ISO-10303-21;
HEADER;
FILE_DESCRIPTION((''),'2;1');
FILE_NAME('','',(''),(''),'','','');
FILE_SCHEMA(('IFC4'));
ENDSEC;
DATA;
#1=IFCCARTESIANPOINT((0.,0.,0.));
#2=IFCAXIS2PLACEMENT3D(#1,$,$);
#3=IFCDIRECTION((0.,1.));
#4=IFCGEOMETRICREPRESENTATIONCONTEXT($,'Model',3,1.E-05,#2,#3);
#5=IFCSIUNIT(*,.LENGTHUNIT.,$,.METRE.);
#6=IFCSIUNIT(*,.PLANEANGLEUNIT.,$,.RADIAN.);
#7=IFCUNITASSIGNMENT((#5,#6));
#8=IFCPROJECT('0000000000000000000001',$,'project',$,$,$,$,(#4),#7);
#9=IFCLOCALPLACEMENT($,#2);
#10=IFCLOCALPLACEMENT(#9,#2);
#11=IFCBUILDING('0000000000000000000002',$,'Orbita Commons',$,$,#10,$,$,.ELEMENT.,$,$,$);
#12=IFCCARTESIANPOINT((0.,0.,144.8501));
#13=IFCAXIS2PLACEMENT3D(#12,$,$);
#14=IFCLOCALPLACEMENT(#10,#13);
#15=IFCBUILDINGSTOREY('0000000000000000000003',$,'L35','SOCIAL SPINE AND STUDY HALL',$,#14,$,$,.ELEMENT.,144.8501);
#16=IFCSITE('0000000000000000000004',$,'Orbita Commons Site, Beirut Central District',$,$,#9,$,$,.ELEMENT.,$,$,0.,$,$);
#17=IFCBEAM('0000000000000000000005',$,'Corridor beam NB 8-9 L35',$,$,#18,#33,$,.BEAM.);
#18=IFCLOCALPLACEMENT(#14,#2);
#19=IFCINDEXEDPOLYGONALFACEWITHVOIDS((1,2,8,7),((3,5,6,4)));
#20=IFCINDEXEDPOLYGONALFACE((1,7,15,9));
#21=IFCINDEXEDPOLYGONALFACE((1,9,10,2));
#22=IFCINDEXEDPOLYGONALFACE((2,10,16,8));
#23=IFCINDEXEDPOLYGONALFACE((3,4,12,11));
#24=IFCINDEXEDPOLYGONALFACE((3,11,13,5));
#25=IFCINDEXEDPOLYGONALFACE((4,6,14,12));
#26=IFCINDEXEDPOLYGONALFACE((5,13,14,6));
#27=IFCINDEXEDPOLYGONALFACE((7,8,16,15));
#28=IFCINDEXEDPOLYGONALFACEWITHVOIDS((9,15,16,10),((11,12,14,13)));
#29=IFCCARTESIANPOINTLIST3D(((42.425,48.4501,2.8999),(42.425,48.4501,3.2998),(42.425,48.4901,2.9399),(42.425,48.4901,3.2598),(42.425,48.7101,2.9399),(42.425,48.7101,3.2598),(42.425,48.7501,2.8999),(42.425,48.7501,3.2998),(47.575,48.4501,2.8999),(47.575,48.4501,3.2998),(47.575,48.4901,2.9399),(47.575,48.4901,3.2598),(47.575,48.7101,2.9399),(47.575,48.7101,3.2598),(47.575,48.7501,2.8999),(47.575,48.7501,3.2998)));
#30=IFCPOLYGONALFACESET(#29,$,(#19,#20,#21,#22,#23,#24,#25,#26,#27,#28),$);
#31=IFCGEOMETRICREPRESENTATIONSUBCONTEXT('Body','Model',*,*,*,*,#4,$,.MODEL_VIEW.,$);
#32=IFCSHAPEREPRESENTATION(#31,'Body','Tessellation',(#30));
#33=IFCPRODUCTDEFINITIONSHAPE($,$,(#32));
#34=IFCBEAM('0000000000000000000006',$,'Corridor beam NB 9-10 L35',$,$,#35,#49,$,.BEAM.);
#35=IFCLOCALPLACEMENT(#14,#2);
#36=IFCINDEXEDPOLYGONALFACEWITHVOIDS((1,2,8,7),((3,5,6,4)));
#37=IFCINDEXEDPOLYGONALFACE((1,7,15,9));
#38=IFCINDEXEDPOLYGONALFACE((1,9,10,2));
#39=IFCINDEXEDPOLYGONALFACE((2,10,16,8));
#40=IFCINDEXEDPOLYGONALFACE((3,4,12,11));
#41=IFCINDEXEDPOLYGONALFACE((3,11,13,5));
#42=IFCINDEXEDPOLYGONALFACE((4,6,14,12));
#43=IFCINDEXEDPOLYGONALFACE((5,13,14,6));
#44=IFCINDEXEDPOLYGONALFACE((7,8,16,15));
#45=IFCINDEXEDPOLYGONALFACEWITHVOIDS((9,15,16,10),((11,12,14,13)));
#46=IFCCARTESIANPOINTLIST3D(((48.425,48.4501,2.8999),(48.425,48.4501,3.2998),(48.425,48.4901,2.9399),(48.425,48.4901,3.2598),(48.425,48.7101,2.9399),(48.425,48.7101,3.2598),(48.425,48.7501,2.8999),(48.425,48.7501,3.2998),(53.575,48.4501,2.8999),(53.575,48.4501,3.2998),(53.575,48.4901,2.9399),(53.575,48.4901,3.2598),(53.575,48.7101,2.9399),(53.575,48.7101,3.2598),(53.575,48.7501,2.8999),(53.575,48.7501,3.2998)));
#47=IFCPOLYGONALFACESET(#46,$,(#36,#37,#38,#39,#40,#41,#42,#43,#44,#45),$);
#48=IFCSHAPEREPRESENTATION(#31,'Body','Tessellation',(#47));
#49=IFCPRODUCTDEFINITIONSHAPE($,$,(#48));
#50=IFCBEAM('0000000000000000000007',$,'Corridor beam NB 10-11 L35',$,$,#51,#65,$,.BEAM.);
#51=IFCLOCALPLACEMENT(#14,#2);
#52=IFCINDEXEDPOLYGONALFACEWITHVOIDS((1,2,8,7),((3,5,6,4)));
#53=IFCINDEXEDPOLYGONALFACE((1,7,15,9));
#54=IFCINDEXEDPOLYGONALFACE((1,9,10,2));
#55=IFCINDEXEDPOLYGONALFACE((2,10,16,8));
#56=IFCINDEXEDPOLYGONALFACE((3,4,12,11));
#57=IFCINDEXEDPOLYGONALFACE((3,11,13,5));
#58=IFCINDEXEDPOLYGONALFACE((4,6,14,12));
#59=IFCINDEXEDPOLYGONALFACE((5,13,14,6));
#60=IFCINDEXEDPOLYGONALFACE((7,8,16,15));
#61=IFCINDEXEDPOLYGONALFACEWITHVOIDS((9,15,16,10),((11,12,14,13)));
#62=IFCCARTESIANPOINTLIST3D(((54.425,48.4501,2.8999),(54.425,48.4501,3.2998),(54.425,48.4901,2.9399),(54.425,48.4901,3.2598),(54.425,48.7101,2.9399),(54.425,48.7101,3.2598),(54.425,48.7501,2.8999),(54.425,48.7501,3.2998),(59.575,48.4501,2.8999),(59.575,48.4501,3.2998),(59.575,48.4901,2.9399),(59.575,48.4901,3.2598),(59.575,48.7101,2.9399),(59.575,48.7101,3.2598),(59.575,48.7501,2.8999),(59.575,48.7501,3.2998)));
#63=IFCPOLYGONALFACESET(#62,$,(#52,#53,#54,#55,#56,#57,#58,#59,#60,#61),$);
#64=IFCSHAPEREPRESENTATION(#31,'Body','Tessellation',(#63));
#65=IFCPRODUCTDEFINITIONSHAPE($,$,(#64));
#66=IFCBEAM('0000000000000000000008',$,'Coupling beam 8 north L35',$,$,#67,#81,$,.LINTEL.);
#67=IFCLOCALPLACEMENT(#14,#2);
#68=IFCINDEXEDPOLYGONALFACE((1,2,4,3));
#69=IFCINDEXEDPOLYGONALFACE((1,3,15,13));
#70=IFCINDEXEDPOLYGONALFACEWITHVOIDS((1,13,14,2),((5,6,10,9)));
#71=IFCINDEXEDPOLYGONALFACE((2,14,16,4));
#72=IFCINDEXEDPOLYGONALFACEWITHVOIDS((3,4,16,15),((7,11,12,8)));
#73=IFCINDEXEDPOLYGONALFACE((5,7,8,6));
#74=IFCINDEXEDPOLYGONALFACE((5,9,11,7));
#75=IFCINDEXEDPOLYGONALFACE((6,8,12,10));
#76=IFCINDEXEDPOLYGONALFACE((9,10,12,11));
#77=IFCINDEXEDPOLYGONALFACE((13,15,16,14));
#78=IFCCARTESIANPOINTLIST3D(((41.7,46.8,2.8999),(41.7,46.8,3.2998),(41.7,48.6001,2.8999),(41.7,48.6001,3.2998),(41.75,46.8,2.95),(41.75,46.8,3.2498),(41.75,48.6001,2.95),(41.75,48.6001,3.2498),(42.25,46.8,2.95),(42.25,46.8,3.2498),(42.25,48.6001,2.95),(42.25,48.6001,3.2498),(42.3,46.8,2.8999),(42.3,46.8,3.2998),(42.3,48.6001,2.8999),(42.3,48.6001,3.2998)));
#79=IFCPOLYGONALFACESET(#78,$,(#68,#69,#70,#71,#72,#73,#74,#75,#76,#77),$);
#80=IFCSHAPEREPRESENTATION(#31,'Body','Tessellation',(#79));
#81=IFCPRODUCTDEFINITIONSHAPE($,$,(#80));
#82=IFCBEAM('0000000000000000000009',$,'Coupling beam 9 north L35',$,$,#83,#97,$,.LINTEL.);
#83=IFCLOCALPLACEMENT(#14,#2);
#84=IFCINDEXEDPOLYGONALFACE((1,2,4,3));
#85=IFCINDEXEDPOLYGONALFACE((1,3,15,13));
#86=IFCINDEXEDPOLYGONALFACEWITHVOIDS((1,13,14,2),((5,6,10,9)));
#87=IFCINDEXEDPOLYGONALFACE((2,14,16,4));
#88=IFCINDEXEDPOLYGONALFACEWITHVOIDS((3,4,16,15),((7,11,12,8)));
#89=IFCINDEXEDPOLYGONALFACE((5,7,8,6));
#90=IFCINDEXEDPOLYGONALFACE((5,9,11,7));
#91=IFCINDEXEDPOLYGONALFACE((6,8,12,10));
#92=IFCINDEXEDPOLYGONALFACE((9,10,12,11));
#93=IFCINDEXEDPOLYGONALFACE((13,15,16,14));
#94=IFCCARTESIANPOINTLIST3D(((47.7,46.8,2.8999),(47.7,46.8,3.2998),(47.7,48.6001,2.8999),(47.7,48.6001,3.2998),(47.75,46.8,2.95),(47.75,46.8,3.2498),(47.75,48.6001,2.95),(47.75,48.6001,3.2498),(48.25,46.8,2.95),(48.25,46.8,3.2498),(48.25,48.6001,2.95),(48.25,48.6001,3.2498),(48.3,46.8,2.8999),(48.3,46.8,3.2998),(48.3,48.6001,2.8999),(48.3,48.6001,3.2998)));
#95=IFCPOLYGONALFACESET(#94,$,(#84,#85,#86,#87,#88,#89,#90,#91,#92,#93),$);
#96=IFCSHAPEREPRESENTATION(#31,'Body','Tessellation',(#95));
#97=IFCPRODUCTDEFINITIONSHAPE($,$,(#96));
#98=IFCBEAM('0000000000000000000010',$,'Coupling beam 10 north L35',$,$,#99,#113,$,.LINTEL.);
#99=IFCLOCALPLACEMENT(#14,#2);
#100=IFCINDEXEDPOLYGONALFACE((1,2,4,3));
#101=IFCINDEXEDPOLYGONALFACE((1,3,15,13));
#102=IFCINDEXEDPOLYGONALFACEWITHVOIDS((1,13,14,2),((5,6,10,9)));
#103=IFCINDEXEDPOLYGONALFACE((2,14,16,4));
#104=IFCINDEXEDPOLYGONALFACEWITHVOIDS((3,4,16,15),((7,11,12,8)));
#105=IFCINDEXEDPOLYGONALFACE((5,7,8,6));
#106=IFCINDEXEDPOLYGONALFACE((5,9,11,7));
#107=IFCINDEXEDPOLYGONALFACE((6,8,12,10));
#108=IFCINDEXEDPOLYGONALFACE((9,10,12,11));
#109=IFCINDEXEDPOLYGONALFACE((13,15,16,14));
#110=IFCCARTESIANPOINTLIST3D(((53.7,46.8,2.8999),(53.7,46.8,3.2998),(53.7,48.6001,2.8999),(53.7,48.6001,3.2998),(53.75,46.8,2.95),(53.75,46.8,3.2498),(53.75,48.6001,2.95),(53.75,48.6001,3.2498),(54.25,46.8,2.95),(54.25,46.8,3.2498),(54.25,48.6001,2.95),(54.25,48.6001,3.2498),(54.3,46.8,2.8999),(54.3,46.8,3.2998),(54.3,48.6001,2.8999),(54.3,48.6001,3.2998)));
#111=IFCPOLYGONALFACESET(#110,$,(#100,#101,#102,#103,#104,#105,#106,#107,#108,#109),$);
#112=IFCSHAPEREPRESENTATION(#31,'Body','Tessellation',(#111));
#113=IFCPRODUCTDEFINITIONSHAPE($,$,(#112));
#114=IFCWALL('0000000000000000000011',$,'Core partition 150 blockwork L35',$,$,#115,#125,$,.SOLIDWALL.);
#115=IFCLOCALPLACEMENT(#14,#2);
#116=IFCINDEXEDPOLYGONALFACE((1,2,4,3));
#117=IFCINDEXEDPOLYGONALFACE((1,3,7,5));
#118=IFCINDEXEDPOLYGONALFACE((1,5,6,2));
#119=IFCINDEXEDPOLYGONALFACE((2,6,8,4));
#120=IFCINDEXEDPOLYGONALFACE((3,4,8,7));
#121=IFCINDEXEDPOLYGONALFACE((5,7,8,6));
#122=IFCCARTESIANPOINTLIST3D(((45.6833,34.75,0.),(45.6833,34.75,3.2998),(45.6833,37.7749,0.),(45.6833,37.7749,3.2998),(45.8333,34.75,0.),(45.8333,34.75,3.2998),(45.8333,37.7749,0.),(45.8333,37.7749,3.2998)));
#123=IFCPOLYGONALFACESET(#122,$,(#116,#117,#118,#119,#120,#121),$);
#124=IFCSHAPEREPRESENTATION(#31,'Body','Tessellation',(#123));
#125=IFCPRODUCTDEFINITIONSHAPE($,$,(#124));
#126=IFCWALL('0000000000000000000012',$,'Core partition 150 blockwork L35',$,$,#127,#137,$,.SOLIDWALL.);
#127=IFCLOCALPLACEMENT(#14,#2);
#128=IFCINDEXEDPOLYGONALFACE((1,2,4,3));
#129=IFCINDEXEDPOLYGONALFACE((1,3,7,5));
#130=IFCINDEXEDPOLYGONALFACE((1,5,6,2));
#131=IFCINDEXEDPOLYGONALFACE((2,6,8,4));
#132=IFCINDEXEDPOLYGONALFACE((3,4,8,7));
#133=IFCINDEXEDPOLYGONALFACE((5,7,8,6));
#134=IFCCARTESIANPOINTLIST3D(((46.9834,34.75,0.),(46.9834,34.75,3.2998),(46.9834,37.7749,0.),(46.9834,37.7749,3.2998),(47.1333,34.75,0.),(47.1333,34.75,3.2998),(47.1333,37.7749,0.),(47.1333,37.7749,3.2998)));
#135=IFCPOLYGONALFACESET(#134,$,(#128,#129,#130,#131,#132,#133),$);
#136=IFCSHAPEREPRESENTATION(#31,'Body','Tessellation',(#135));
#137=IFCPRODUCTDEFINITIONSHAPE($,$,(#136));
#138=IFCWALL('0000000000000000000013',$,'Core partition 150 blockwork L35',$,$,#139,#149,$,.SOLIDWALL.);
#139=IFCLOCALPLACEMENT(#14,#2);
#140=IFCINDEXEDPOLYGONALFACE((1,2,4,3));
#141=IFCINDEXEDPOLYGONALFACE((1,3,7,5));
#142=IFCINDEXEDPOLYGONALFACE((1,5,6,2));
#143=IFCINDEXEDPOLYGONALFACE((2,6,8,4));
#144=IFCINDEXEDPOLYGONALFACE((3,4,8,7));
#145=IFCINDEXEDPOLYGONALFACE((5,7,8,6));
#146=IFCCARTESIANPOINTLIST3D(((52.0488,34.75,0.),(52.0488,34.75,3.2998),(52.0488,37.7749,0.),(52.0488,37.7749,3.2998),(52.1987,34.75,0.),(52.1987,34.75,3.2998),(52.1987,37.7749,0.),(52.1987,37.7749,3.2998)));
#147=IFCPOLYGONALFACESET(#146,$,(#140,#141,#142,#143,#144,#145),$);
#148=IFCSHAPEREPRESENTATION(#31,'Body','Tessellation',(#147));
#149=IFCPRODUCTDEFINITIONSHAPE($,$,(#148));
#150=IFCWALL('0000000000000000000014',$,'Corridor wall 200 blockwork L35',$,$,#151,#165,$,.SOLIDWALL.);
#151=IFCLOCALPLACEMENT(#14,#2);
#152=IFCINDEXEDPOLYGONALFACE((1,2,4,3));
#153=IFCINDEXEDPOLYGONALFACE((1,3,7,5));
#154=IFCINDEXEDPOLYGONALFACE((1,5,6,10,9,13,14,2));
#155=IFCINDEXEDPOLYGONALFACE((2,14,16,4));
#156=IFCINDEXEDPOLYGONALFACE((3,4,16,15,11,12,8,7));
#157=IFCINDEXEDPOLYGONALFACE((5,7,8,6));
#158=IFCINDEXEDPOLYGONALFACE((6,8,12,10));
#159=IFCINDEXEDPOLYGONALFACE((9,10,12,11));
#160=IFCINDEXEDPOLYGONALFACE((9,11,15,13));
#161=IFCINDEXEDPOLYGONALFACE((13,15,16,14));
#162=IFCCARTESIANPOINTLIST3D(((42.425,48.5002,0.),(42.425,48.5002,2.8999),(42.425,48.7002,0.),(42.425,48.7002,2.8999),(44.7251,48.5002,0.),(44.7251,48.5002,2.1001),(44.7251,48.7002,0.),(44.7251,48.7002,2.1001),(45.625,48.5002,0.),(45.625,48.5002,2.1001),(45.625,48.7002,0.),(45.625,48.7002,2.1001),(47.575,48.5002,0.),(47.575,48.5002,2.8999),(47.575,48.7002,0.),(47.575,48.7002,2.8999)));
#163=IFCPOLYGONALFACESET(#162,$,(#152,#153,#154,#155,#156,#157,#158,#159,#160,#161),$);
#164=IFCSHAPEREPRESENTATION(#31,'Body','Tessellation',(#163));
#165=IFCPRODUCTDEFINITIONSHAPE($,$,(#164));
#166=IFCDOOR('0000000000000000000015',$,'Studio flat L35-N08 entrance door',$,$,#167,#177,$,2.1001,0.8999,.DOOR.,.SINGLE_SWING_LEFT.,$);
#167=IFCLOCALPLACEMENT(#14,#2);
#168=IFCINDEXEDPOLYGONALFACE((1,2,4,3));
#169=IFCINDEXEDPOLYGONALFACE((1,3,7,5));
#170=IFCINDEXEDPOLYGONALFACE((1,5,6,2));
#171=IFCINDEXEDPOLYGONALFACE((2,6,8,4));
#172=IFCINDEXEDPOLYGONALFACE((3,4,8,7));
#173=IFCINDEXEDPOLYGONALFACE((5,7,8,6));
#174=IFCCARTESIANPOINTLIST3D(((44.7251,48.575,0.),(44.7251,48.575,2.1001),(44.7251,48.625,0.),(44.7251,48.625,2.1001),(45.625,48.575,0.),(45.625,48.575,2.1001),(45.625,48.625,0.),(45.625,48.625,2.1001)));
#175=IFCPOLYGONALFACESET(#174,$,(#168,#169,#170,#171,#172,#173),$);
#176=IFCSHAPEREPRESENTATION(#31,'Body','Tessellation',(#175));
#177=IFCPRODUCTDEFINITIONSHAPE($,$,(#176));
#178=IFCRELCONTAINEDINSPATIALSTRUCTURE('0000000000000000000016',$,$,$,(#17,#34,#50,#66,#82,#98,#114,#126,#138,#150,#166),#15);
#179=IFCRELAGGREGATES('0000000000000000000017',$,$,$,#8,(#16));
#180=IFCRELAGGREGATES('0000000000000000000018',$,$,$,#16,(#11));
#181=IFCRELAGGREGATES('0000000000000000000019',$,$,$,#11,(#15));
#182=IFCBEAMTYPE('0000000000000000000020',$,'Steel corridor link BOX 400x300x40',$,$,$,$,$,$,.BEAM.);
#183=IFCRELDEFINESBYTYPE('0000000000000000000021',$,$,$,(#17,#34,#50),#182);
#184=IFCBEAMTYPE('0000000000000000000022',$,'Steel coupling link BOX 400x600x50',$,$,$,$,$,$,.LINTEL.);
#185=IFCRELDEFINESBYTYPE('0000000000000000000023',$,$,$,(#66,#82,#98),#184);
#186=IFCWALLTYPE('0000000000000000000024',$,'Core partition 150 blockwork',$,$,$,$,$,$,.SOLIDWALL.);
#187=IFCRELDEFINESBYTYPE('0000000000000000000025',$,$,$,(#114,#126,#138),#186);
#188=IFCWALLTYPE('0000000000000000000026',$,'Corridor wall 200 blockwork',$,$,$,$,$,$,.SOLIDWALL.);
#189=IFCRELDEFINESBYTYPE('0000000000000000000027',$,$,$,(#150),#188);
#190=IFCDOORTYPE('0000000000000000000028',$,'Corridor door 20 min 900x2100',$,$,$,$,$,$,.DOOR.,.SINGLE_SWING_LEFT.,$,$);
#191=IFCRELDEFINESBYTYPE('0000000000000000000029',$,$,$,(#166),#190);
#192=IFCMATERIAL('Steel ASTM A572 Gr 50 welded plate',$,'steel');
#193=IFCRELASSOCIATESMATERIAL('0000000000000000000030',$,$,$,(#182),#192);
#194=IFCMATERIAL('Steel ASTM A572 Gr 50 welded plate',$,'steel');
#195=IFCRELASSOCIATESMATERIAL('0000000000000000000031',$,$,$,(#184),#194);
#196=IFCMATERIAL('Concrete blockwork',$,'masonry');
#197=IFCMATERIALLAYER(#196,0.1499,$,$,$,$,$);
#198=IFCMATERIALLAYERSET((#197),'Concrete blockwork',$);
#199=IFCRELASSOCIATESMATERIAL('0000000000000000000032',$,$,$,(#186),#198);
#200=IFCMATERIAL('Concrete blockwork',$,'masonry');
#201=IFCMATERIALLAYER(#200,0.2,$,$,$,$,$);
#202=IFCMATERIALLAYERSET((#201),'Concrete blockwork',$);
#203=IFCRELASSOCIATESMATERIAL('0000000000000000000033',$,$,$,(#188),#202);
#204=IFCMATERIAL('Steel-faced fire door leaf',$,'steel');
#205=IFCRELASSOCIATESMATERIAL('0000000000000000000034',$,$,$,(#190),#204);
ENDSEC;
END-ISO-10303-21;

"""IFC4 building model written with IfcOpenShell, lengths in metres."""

from ifc_helpers import new_model, si_unit, direction, frame, frame_2d, origin, origin_2d, place, context, subcontext, project, spatial, polyline, rectangle, hollow_rectangle, outline, extrude, material, layer, layer_set, material_profile, profile_set, type_object, element, fill, save


model = new_model("IFC4")

# Units and contexts
model_context = context("Model", 3, precision=1e-05, world=origin(), true_north=direction((0.0, 1.0)))
body_context = subcontext(model_context, "Body", "Model", "MODEL_VIEW")
ifc_project = project(units=[si_unit("LENGTHUNIT", "METRE"), si_unit("PLANEANGLEUNIT", "RADIAN")], contexts=[model_context])

# Site, building, storey
site_placement = place(None, origin())
site = spatial("IfcSite", under=ifc_project, at=site_placement, Name="Orbita Commons Site, Beirut Central District", CompositionType="ELEMENT", RefElevation=0.0)
building_placement = place(site_placement, origin())
building = spatial("IfcBuilding", under=site, at=building_placement, Name="Orbita Commons", CompositionType="ELEMENT")
storey_placement = place(building_placement, frame((0.0, 0.0, 144.8501)))
storey = spatial("IfcBuildingStorey", under=building, at=storey_placement, Name="L35", Description="SOCIAL SPINE AND STUDY HALL", CompositionType="ELEMENT", Elevation=144.8501)

# Beams
ifc_material_1 = material(Name="Steel ASTM A572 Gr 50 welded plate", Category="steel")
ifc_material_profile_1 = material_profile(ifc_material_1, hollow_rectangle(XDim=0.3, YDim=0.3999, WallThickness=0.04, at=origin_2d()), Name="BOX 400x300x40")
ifc_profile_set_1 = profile_set([ifc_material_profile_1], Name="Steel ASTM A572 Gr 50 welded plate")
beam_type_1 = type_object("IfcBeamType", Name="Steel corridor link BOX 400x300x40", PredefinedType="BEAM", material=ifc_profile_set_1)
for number, where, z_axis, x_axis, name in (
    (1, (42.425, 48.6001, 3.0999), (1.0, 0.0, 0.0), (0.0, 1.0, 0.0), "Corridor beam NB 8-9 L35"),
    (2, (48.425, 48.6001, 3.0999), (1.0, 0.0, 0.0), (0.0, 1.0, 0.0), "Corridor beam NB 9-10 L35"),
    (3, (54.425, 48.6001, 3.0999), (1.0, 0.0, 0.0), (0.0, 1.0, 0.0), "Corridor beam NB 10-11 L35"),
):
    element("IfcBeam", number, at=place(storey_placement, frame(where, z_axis=z_axis, x_axis=x_axis)), inside=storey, type_object=beam_type_1, Name=name, PredefinedType="BEAM", context=body_context, shape_type="SweptSolid", body=[
        extrude(hollow_rectangle(XDim=0.3, YDim=0.3999, WallThickness=0.04, at=origin_2d()), origin(), (0.0, 0.0, 1.0), 5.1499),
    ])
ifc_material_2 = material(Name="Steel ASTM A572 Gr 50 welded plate", Category="steel")
ifc_material_profile_2 = material_profile(ifc_material_2, hollow_rectangle(XDim=0.6001, YDim=0.3999, WallThickness=0.05, at=origin_2d()), Name="BOX 400x600x50")
ifc_profile_set_2 = profile_set([ifc_material_profile_2], Name="Steel ASTM A572 Gr 50 welded plate")
beam_type_2 = type_object("IfcBeamType", Name="Steel coupling link BOX 400x600x50", PredefinedType="LINTEL", material=ifc_profile_set_2)
for number, where, z_axis, x_axis, name in (
    (4, (42.0, 46.8, 3.0999), (0.0, 1.0, 0.0), (-1.0, 0.0, 0.0), "Coupling beam 8 north L35"),
    (5, (48.0, 46.8, 3.0999), (0.0, 1.0, 0.0), (-1.0, 0.0, 0.0), "Coupling beam 9 north L35"),
    (6, (54.0, 46.8, 3.0999), (0.0, 1.0, 0.0), (-1.0, 0.0, 0.0), "Coupling beam 10 north L35"),
):
    element("IfcBeam", number, at=place(storey_placement, frame(where, z_axis=z_axis, x_axis=x_axis)), inside=storey, type_object=beam_type_2, Name=name, PredefinedType="LINTEL", context=body_context, shape_type="SweptSolid", body=[
        extrude(hollow_rectangle(XDim=0.6001, YDim=0.3999, WallThickness=0.05, at=origin_2d()), origin(), (0.0, 0.0, 1.0), 1.8),
    ])

# Walls
ifc_material_3 = material(Name="Concrete blockwork", Category="masonry")
ifc_layer_1 = layer(ifc_material_3, 0.1499)
ifc_layer_set_1 = layer_set([ifc_layer_1], Name="Concrete blockwork")
wall_type_1 = type_object("IfcWallType", Name="Core partition 150 blockwork", PredefinedType="SOLIDWALL", material=ifc_layer_set_1)
for number, where, z_axis, x_axis, name in (
    (7, (45.7583, 34.75, 0.0), (0.0, 0.0, 1.0), (0.0, 1.0, 0.0), "Core partition 150 blockwork L35"),
    (8, (47.0583, 34.75, 0.0), (0.0, 0.0, 1.0), (0.0, 1.0, 0.0), "Core partition 150 blockwork L35"),
    (9, (52.1238, 34.75, 0.0), (0.0, 0.0, 1.0), (0.0, 1.0, 0.0), "Core partition 150 blockwork L35"),
):
    element("IfcWall", number, at=place(storey_placement, frame(where, z_axis=z_axis, x_axis=x_axis)), inside=storey, type_object=wall_type_1, Name=name, PredefinedType="SOLIDWALL", context=body_context, shape_type="SweptSolid", body=[
        extrude(rectangle(XDim=3.0249, YDim=0.1499, at=frame_2d((1.5125, 0.0))), origin(), (0.0, 0.0, 1.0), 3.2998),
    ])

# Wall, opening, door
ifc_material_4 = material(Name="Concrete blockwork", Category="masonry")
ifc_layer_2 = layer(ifc_material_4, 0.2)
ifc_layer_set_2 = layer_set([ifc_layer_2], Name="Concrete blockwork")
wall_type_2 = type_object("IfcWallType", Name="Corridor wall 200 blockwork", PredefinedType="SOLIDWALL", material=ifc_layer_set_2)
wall_1_placement = place(storey_placement, frame((42.425, 48.6001, 0.0), z_axis=(0.0, 0.0, 1.0), x_axis=(1.0, 0.0, 0.0)))
wall_1 = element("IfcWall", 10, at=wall_1_placement, inside=storey, type_object=wall_type_2, Name="Corridor wall 200 blockwork L35", PredefinedType="SOLIDWALL", context=body_context, shape_type="SweptSolid", body=[
    extrude(outline(polyline([(0.0, 0.0), (5.1499, 0.0), (5.1499, 2.8999), (0.0, 2.8999), (0.0, 0.0)])), frame((0.0, 0.1001, 0.0), z_axis=(0.0, -1.0, 0.0), x_axis=(1.0, 0.0, 0.0)), (0.0, 0.0, 1.0), 0.2),
])
opening_1_placement = place(wall_1_placement, frame((2.3, 0.0, 0.0)))
opening_1 = element("IfcOpeningElement", 11, at=opening_1_placement, cuts=wall_1, PredefinedType="OPENING", context=body_context, shape_type="SweptSolid", body=[
    extrude(rectangle(XDim=0.8999, YDim=2.1001, at=frame_2d((0.45, 1.05))), frame((0.0, 0.1099, 0.0), z_axis=(0.0, -1.0, 0.0), x_axis=(1.0, 0.0, 0.0)), (0.0, 0.0, 1.0), 0.22),
])
ifc_material_5 = material(Name="Steel-faced fire door leaf", Category="steel")
door_type_1 = type_object("IfcDoorType", Name="Corridor door 20 min 900x2100", OperationType="SINGLE_SWING_LEFT", PredefinedType="DOOR", material=ifc_material_5)
door_1_placement = place(opening_1_placement, origin())
door_1 = element("IfcDoor", 12, at=door_1_placement, inside=storey, type_object=door_type_1, Name="Studio flat L35-N08 entrance door", OperationType="SINGLE_SWING_LEFT", OverallHeight=2.1001, OverallWidth=0.8999, PredefinedType="DOOR", context=body_context, shape_type="SweptSolid", body=[
    extrude(rectangle(XDim=0.8999, YDim=2.1001, at=frame_2d((0.45, 1.05))), frame((0.0, 0.0249, 0.0), z_axis=(0.0, -1.0, 0.0), x_axis=(1.0, 0.0, 0.0)), (0.0, 0.0, 1.0), 0.05),
])
fill(opening_1, door_1)

save(model, "model.ifc")
